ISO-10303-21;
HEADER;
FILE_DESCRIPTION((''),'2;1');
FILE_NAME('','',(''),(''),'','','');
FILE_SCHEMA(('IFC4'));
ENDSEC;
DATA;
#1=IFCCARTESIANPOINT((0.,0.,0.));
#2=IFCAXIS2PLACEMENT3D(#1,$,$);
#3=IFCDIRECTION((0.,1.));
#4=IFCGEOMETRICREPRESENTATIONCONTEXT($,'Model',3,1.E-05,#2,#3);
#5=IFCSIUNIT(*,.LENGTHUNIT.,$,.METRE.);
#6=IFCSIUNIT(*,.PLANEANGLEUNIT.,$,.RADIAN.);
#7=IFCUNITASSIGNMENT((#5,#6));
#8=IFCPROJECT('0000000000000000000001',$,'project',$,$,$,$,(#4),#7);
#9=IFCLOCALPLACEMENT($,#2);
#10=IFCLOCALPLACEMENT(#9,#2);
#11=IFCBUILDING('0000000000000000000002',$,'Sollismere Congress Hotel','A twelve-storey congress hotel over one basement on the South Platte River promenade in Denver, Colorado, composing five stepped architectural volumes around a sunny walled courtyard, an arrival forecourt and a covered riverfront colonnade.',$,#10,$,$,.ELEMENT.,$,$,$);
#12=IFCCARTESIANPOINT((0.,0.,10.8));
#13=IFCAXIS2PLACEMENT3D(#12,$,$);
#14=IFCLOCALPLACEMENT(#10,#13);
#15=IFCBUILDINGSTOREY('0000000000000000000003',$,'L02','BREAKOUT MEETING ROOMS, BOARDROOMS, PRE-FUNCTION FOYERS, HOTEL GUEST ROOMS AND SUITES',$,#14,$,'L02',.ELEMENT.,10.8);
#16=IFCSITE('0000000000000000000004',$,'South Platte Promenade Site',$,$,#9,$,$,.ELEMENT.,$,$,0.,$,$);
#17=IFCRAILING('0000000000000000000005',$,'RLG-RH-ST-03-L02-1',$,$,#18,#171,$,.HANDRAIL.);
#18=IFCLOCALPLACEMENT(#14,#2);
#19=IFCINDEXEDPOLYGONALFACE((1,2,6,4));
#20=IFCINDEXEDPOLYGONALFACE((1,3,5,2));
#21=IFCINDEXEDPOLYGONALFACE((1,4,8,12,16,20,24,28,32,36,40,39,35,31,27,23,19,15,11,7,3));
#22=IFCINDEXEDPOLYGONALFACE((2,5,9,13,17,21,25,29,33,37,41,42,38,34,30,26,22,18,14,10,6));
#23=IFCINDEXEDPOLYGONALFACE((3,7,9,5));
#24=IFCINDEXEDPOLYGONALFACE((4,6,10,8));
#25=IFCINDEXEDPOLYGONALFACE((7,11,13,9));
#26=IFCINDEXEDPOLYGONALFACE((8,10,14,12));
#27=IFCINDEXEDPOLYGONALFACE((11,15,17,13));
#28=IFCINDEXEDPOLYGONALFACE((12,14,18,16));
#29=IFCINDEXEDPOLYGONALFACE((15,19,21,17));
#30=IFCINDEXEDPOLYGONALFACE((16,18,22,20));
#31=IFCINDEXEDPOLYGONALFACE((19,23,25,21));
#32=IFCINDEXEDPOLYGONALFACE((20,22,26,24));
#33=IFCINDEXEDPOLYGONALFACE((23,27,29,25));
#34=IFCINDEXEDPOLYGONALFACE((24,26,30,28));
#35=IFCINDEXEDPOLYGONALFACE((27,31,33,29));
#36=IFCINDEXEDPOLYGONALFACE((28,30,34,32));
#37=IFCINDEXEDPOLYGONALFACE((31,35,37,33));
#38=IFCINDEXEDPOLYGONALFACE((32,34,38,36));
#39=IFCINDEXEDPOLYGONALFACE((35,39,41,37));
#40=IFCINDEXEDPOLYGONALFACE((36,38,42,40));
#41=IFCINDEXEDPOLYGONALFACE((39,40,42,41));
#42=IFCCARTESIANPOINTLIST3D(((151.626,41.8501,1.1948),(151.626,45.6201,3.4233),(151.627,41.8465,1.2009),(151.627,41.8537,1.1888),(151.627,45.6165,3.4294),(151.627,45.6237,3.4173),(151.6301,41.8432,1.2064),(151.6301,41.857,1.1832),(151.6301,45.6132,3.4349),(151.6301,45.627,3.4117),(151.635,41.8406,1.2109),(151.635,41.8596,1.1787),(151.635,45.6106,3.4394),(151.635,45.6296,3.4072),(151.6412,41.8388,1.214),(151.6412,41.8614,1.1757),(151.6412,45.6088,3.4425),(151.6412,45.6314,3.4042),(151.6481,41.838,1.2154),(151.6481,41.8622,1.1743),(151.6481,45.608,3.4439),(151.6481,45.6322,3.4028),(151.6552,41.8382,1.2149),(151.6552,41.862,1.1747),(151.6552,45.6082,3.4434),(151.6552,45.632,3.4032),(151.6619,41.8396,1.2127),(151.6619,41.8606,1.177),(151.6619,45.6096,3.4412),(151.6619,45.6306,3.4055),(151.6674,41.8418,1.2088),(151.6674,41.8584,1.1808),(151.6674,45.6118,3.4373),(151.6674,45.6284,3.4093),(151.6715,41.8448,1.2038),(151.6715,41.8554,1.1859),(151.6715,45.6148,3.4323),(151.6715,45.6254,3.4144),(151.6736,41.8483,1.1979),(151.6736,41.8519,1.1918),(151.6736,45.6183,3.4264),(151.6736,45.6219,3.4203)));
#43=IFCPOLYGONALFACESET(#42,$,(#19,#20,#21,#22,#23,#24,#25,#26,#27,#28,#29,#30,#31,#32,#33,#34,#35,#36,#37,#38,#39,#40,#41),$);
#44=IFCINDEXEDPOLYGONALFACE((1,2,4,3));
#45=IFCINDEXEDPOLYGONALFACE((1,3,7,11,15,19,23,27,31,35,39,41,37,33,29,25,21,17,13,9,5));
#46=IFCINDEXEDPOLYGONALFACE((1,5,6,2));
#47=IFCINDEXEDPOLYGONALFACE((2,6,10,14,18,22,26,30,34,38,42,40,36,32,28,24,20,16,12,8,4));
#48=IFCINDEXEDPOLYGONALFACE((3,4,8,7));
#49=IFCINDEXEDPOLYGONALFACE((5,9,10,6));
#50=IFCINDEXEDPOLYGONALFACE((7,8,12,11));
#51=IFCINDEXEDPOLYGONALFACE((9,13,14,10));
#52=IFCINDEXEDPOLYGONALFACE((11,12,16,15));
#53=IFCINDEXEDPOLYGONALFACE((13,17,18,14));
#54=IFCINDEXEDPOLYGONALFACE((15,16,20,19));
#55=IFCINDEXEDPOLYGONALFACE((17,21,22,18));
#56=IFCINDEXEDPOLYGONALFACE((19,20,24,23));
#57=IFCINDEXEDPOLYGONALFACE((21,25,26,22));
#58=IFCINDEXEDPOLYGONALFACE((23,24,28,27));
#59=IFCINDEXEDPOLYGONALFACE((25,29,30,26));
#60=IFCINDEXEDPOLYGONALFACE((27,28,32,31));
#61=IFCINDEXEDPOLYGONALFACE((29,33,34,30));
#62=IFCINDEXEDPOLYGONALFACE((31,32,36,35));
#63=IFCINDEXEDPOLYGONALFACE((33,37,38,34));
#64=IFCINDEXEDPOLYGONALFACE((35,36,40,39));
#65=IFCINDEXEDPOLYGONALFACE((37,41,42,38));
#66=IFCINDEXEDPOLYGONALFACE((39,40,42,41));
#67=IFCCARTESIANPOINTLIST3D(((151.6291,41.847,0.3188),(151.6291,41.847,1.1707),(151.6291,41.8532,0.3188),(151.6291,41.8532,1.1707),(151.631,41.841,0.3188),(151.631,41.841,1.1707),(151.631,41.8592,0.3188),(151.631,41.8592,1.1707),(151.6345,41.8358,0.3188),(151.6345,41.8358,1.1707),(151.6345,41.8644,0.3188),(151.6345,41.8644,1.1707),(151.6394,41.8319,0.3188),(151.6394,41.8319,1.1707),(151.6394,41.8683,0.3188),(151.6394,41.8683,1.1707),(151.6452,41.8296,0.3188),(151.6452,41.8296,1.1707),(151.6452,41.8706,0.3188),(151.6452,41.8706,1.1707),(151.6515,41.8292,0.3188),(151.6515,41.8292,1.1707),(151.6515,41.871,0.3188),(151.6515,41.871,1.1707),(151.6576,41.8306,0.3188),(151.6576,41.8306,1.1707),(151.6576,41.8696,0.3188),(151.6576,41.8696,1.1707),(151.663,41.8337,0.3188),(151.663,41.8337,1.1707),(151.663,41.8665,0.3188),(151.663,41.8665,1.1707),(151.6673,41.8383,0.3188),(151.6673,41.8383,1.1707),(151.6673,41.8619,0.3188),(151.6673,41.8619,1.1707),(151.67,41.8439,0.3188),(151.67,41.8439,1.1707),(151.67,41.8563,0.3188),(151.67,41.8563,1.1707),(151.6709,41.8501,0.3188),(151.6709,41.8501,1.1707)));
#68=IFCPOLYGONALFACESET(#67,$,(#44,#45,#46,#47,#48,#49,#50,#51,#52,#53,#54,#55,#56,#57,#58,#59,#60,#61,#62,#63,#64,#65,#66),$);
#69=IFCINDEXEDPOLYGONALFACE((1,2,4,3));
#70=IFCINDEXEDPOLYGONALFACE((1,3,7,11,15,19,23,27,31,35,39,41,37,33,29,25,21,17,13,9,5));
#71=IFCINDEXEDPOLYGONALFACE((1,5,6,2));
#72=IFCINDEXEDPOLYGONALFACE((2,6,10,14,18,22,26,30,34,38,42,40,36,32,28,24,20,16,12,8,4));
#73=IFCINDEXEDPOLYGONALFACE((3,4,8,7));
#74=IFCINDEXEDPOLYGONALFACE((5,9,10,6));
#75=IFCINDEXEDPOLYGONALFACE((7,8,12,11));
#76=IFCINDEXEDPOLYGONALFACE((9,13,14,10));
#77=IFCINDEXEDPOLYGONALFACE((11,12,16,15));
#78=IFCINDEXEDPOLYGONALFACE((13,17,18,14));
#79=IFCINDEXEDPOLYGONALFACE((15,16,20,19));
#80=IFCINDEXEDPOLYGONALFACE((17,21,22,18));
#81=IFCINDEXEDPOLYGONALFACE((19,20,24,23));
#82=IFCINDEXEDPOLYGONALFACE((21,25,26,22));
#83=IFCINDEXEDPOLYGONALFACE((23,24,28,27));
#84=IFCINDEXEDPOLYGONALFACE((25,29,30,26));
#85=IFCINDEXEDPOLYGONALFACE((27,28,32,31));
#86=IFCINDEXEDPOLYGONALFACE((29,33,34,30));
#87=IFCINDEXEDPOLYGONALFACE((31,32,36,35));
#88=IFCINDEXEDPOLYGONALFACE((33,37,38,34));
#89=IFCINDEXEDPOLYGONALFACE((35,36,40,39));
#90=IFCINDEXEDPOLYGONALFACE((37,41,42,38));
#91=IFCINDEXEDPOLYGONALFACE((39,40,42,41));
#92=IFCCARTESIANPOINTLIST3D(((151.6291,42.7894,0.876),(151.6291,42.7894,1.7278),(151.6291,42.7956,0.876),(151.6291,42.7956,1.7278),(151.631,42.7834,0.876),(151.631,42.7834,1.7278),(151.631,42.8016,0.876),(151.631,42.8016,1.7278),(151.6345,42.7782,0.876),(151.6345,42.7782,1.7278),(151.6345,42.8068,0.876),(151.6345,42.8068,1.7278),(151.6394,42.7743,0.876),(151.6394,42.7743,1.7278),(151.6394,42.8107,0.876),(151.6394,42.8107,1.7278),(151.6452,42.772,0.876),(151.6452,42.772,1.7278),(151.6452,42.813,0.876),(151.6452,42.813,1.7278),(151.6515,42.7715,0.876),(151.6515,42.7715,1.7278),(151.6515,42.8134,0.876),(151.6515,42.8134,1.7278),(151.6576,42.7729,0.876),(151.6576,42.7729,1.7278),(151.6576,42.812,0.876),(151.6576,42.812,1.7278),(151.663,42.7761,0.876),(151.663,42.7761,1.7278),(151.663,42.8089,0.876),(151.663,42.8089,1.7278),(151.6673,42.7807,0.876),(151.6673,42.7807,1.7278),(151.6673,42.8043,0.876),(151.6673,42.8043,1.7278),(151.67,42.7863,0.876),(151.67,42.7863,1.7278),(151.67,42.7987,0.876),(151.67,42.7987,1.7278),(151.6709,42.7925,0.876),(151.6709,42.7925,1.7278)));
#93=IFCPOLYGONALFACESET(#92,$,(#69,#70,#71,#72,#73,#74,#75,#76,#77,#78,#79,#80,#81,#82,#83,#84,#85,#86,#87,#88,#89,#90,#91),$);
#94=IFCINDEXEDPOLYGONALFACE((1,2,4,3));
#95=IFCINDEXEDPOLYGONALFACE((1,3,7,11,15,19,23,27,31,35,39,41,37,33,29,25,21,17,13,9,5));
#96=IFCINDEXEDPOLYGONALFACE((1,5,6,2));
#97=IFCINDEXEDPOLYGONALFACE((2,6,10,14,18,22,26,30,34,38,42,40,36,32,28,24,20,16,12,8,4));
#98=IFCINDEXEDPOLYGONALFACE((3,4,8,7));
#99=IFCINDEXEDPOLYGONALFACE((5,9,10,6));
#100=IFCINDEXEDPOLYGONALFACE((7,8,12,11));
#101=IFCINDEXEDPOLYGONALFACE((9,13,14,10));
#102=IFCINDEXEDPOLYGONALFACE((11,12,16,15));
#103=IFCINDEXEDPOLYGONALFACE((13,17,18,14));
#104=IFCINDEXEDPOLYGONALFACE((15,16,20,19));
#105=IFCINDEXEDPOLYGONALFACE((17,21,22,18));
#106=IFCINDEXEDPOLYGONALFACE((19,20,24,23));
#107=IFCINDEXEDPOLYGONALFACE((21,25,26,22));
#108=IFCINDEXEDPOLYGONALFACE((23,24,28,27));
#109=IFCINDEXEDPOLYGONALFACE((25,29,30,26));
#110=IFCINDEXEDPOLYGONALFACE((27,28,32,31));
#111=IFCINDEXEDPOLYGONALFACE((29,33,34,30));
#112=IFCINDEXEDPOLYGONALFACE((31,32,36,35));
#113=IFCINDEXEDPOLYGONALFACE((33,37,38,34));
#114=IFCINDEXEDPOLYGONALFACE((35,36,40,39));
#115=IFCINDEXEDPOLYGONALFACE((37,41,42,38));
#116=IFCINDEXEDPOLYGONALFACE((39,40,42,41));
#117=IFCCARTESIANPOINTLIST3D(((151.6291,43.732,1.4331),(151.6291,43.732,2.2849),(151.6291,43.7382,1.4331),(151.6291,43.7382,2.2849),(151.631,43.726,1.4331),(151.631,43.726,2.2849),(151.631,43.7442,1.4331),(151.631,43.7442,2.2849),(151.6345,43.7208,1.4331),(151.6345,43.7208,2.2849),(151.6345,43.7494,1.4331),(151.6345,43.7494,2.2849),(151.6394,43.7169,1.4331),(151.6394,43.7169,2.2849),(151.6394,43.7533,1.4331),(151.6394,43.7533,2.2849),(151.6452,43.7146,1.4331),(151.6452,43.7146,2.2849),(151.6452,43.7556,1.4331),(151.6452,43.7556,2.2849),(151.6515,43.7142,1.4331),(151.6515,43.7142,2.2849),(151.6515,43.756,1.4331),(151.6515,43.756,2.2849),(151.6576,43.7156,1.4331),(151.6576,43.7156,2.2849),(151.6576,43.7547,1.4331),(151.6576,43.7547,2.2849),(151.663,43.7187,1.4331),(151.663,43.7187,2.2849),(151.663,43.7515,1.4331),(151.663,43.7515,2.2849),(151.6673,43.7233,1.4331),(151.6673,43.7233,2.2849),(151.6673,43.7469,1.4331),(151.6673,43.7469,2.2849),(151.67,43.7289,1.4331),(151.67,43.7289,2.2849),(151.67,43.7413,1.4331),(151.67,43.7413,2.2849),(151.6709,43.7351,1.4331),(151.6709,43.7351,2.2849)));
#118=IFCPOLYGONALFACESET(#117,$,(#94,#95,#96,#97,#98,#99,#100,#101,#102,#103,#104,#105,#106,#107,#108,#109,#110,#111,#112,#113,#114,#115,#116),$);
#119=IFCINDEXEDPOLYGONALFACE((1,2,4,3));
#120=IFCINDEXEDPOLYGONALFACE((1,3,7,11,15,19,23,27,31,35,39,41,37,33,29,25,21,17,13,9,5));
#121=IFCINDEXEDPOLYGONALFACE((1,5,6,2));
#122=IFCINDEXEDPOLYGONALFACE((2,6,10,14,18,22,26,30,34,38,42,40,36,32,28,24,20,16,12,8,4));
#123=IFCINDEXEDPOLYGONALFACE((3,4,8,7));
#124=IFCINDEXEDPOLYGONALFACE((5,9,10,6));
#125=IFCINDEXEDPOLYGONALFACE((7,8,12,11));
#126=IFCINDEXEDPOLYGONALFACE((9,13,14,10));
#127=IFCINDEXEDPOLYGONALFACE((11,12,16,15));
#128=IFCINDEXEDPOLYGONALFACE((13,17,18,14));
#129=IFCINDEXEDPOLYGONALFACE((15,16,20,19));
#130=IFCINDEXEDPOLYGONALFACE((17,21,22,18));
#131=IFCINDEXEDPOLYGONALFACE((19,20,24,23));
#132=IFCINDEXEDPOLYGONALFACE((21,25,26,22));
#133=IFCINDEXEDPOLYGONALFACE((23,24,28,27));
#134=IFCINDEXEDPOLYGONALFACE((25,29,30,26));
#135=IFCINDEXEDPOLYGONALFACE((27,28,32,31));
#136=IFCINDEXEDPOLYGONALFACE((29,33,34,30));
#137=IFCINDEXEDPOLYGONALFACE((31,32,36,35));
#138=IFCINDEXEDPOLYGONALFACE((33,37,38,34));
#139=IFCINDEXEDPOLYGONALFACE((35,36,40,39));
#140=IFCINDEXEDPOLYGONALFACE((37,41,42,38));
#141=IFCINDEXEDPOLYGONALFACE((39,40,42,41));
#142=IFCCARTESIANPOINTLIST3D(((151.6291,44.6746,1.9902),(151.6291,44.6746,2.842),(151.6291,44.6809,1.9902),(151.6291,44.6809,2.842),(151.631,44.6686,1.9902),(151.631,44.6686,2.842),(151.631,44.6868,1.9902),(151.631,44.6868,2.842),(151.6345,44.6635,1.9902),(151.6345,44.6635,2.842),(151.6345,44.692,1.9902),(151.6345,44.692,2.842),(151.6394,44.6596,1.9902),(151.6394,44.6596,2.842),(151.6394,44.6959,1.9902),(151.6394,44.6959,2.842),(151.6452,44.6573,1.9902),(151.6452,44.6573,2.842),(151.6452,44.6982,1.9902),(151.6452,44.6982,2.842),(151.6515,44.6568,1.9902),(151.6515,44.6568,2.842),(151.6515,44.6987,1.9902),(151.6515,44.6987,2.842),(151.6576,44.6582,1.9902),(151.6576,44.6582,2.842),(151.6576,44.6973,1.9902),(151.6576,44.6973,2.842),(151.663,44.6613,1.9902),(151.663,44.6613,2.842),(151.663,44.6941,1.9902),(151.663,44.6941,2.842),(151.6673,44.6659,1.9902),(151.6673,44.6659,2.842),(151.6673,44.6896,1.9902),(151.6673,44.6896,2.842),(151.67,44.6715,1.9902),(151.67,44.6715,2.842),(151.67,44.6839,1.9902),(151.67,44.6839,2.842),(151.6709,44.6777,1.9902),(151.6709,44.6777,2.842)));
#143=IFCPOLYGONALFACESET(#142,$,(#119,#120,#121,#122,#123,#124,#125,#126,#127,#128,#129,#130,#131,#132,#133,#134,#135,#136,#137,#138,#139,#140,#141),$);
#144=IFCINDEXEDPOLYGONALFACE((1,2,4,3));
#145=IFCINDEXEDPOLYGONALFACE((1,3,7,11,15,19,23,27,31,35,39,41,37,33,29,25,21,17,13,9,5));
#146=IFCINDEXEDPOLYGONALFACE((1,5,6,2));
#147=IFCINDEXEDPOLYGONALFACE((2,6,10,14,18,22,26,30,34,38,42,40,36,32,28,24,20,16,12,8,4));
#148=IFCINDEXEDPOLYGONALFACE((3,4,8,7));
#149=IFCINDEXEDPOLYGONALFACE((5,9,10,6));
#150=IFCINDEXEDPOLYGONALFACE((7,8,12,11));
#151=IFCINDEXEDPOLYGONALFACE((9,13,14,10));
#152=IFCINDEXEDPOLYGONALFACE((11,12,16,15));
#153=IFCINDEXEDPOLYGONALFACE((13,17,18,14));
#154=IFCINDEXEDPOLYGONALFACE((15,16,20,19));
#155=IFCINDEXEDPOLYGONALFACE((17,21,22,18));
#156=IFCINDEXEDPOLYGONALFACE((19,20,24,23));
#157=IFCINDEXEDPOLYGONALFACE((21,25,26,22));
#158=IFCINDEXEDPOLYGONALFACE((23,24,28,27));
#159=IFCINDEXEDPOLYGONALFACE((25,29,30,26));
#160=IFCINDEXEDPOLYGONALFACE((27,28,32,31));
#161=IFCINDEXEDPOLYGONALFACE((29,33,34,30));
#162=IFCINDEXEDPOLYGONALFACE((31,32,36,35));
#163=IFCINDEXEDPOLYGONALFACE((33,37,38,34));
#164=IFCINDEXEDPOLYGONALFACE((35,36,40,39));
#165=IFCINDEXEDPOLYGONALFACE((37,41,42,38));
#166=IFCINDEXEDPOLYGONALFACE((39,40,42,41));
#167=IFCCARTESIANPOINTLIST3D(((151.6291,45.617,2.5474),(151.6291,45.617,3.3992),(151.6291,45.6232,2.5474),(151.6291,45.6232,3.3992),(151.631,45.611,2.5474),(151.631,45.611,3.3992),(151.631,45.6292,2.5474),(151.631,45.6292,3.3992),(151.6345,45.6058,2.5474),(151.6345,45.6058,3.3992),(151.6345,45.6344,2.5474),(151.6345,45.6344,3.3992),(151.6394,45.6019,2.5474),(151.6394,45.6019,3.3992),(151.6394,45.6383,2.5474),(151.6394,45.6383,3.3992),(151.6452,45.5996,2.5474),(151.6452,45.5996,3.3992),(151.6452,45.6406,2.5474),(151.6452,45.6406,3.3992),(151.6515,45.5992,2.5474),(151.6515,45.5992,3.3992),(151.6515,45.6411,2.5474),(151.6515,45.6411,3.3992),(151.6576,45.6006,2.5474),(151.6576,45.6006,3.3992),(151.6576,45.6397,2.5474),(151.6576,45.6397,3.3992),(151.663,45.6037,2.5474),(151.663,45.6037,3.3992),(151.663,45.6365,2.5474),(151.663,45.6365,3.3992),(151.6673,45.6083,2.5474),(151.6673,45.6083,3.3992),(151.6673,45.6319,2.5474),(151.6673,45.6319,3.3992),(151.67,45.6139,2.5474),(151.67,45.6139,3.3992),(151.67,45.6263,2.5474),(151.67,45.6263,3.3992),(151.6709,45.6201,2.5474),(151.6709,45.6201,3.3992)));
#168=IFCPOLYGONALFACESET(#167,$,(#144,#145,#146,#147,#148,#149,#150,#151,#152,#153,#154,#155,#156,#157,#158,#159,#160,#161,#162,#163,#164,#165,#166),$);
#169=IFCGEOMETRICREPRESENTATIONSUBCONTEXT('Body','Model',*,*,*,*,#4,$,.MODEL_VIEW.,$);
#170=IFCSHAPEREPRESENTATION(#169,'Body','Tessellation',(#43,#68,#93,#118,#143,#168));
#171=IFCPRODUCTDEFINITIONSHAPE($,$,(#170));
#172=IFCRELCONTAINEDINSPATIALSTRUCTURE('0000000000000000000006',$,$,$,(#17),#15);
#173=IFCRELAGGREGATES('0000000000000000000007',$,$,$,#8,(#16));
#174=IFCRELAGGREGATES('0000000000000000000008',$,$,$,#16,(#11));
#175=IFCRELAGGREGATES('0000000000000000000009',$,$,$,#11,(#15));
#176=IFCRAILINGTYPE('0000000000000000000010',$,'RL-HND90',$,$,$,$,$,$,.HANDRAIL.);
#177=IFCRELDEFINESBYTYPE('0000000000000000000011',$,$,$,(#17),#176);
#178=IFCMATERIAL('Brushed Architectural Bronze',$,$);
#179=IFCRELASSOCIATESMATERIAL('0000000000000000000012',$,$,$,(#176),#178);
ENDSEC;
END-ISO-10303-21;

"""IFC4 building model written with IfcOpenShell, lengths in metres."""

from ifc_helpers import new_model, si_unit, direction, frame, origin, origin_2d, place, context, subcontext, project, spatial, circle, extrude, material, type_object, element, save


model = new_model("IFC4")

# Units and contexts
model_context = context("Model", 3, precision=1e-05, world=origin(), true_north=direction((0.0, 1.0)))
body_context = subcontext(model_context, "Body", "Model", "MODEL_VIEW")
ifc_project = project(units=[si_unit("LENGTHUNIT", "METRE"), si_unit("PLANEANGLEUNIT", "RADIAN")], contexts=[model_context])

# Site, building, storey
site_placement = place(None, origin())
site = spatial("IfcSite", under=ifc_project, at=site_placement, Name="South Platte Promenade Site", CompositionType="ELEMENT", RefElevation=0.0)
building_placement = place(site_placement, origin())
building = spatial("IfcBuilding", under=site, at=building_placement, Name="Sollismere Congress Hotel", Description="A twelve-storey congress hotel over one basement on the South Platte River promenade in Denver, Colorado, composing five stepped architectural volumes around a sunny walled courtyard, an arrival forecourt and a covered riverfront colonnade.", CompositionType="ELEMENT")
storey_placement = place(building_placement, frame((0.0, 0.0, 10.8)))
storey = spatial("IfcBuildingStorey", under=building, at=storey_placement, Name="L02", Description="BREAKOUT MEETING ROOMS, BOARDROOMS, PRE-FUNCTION FOYERS, HOTEL GUEST ROOMS AND SUITES", LongName="L02", CompositionType="ELEMENT", Elevation=10.8)

# Railing
ifc_material_1 = material(Name="Brushed Architectural Bronze")
railing_type_1 = type_object("IfcRailingType", Name="RL-HND90", PredefinedType="HANDRAIL", material=ifc_material_1)
railing_1_placement = place(storey_placement, frame((151.6499, 41.8501, 0.3188)))
element("IfcRailing", 1, at=railing_1_placement, inside=storey, type_object=railing_type_1, Name="RLG-RH-ST-03-L02-1", PredefinedType="HANDRAIL", context=body_context, shape_type="SweptSolid", body=[
    extrude(circle(Radius=0.0239, at=origin_2d()), frame((0.0, 0.0, 0.876), z_axis=(0.0, 0.860849, 0.508861), x_axis=(-1.0, 0.0, 0.0)), (0.0, 0.0, 1.0), 4.3794),
    extrude(circle(Radius=0.021, at=origin_2d()), origin(), (0.0, 0.0, 1.0), 0.8518),
    extrude(circle(Radius=0.021, at=origin_2d()), frame((0.0, 0.9424, 0.5571)), (0.0, 0.0, 1.0), 0.8518),
    extrude(circle(Radius=0.021, at=origin_2d()), frame((0.0, 1.885, 1.1143)), (0.0, 0.0, 1.0), 0.8518),
    extrude(circle(Radius=0.021, at=origin_2d()), frame((0.0, 2.8276, 1.6714)), (0.0, 0.0, 1.0), 0.8518),
    extrude(circle(Radius=0.021, at=origin_2d()), frame((0.0, 3.77, 2.2285)), (0.0, 0.0, 1.0), 0.8518),
])

save(model, "model.ifc")
